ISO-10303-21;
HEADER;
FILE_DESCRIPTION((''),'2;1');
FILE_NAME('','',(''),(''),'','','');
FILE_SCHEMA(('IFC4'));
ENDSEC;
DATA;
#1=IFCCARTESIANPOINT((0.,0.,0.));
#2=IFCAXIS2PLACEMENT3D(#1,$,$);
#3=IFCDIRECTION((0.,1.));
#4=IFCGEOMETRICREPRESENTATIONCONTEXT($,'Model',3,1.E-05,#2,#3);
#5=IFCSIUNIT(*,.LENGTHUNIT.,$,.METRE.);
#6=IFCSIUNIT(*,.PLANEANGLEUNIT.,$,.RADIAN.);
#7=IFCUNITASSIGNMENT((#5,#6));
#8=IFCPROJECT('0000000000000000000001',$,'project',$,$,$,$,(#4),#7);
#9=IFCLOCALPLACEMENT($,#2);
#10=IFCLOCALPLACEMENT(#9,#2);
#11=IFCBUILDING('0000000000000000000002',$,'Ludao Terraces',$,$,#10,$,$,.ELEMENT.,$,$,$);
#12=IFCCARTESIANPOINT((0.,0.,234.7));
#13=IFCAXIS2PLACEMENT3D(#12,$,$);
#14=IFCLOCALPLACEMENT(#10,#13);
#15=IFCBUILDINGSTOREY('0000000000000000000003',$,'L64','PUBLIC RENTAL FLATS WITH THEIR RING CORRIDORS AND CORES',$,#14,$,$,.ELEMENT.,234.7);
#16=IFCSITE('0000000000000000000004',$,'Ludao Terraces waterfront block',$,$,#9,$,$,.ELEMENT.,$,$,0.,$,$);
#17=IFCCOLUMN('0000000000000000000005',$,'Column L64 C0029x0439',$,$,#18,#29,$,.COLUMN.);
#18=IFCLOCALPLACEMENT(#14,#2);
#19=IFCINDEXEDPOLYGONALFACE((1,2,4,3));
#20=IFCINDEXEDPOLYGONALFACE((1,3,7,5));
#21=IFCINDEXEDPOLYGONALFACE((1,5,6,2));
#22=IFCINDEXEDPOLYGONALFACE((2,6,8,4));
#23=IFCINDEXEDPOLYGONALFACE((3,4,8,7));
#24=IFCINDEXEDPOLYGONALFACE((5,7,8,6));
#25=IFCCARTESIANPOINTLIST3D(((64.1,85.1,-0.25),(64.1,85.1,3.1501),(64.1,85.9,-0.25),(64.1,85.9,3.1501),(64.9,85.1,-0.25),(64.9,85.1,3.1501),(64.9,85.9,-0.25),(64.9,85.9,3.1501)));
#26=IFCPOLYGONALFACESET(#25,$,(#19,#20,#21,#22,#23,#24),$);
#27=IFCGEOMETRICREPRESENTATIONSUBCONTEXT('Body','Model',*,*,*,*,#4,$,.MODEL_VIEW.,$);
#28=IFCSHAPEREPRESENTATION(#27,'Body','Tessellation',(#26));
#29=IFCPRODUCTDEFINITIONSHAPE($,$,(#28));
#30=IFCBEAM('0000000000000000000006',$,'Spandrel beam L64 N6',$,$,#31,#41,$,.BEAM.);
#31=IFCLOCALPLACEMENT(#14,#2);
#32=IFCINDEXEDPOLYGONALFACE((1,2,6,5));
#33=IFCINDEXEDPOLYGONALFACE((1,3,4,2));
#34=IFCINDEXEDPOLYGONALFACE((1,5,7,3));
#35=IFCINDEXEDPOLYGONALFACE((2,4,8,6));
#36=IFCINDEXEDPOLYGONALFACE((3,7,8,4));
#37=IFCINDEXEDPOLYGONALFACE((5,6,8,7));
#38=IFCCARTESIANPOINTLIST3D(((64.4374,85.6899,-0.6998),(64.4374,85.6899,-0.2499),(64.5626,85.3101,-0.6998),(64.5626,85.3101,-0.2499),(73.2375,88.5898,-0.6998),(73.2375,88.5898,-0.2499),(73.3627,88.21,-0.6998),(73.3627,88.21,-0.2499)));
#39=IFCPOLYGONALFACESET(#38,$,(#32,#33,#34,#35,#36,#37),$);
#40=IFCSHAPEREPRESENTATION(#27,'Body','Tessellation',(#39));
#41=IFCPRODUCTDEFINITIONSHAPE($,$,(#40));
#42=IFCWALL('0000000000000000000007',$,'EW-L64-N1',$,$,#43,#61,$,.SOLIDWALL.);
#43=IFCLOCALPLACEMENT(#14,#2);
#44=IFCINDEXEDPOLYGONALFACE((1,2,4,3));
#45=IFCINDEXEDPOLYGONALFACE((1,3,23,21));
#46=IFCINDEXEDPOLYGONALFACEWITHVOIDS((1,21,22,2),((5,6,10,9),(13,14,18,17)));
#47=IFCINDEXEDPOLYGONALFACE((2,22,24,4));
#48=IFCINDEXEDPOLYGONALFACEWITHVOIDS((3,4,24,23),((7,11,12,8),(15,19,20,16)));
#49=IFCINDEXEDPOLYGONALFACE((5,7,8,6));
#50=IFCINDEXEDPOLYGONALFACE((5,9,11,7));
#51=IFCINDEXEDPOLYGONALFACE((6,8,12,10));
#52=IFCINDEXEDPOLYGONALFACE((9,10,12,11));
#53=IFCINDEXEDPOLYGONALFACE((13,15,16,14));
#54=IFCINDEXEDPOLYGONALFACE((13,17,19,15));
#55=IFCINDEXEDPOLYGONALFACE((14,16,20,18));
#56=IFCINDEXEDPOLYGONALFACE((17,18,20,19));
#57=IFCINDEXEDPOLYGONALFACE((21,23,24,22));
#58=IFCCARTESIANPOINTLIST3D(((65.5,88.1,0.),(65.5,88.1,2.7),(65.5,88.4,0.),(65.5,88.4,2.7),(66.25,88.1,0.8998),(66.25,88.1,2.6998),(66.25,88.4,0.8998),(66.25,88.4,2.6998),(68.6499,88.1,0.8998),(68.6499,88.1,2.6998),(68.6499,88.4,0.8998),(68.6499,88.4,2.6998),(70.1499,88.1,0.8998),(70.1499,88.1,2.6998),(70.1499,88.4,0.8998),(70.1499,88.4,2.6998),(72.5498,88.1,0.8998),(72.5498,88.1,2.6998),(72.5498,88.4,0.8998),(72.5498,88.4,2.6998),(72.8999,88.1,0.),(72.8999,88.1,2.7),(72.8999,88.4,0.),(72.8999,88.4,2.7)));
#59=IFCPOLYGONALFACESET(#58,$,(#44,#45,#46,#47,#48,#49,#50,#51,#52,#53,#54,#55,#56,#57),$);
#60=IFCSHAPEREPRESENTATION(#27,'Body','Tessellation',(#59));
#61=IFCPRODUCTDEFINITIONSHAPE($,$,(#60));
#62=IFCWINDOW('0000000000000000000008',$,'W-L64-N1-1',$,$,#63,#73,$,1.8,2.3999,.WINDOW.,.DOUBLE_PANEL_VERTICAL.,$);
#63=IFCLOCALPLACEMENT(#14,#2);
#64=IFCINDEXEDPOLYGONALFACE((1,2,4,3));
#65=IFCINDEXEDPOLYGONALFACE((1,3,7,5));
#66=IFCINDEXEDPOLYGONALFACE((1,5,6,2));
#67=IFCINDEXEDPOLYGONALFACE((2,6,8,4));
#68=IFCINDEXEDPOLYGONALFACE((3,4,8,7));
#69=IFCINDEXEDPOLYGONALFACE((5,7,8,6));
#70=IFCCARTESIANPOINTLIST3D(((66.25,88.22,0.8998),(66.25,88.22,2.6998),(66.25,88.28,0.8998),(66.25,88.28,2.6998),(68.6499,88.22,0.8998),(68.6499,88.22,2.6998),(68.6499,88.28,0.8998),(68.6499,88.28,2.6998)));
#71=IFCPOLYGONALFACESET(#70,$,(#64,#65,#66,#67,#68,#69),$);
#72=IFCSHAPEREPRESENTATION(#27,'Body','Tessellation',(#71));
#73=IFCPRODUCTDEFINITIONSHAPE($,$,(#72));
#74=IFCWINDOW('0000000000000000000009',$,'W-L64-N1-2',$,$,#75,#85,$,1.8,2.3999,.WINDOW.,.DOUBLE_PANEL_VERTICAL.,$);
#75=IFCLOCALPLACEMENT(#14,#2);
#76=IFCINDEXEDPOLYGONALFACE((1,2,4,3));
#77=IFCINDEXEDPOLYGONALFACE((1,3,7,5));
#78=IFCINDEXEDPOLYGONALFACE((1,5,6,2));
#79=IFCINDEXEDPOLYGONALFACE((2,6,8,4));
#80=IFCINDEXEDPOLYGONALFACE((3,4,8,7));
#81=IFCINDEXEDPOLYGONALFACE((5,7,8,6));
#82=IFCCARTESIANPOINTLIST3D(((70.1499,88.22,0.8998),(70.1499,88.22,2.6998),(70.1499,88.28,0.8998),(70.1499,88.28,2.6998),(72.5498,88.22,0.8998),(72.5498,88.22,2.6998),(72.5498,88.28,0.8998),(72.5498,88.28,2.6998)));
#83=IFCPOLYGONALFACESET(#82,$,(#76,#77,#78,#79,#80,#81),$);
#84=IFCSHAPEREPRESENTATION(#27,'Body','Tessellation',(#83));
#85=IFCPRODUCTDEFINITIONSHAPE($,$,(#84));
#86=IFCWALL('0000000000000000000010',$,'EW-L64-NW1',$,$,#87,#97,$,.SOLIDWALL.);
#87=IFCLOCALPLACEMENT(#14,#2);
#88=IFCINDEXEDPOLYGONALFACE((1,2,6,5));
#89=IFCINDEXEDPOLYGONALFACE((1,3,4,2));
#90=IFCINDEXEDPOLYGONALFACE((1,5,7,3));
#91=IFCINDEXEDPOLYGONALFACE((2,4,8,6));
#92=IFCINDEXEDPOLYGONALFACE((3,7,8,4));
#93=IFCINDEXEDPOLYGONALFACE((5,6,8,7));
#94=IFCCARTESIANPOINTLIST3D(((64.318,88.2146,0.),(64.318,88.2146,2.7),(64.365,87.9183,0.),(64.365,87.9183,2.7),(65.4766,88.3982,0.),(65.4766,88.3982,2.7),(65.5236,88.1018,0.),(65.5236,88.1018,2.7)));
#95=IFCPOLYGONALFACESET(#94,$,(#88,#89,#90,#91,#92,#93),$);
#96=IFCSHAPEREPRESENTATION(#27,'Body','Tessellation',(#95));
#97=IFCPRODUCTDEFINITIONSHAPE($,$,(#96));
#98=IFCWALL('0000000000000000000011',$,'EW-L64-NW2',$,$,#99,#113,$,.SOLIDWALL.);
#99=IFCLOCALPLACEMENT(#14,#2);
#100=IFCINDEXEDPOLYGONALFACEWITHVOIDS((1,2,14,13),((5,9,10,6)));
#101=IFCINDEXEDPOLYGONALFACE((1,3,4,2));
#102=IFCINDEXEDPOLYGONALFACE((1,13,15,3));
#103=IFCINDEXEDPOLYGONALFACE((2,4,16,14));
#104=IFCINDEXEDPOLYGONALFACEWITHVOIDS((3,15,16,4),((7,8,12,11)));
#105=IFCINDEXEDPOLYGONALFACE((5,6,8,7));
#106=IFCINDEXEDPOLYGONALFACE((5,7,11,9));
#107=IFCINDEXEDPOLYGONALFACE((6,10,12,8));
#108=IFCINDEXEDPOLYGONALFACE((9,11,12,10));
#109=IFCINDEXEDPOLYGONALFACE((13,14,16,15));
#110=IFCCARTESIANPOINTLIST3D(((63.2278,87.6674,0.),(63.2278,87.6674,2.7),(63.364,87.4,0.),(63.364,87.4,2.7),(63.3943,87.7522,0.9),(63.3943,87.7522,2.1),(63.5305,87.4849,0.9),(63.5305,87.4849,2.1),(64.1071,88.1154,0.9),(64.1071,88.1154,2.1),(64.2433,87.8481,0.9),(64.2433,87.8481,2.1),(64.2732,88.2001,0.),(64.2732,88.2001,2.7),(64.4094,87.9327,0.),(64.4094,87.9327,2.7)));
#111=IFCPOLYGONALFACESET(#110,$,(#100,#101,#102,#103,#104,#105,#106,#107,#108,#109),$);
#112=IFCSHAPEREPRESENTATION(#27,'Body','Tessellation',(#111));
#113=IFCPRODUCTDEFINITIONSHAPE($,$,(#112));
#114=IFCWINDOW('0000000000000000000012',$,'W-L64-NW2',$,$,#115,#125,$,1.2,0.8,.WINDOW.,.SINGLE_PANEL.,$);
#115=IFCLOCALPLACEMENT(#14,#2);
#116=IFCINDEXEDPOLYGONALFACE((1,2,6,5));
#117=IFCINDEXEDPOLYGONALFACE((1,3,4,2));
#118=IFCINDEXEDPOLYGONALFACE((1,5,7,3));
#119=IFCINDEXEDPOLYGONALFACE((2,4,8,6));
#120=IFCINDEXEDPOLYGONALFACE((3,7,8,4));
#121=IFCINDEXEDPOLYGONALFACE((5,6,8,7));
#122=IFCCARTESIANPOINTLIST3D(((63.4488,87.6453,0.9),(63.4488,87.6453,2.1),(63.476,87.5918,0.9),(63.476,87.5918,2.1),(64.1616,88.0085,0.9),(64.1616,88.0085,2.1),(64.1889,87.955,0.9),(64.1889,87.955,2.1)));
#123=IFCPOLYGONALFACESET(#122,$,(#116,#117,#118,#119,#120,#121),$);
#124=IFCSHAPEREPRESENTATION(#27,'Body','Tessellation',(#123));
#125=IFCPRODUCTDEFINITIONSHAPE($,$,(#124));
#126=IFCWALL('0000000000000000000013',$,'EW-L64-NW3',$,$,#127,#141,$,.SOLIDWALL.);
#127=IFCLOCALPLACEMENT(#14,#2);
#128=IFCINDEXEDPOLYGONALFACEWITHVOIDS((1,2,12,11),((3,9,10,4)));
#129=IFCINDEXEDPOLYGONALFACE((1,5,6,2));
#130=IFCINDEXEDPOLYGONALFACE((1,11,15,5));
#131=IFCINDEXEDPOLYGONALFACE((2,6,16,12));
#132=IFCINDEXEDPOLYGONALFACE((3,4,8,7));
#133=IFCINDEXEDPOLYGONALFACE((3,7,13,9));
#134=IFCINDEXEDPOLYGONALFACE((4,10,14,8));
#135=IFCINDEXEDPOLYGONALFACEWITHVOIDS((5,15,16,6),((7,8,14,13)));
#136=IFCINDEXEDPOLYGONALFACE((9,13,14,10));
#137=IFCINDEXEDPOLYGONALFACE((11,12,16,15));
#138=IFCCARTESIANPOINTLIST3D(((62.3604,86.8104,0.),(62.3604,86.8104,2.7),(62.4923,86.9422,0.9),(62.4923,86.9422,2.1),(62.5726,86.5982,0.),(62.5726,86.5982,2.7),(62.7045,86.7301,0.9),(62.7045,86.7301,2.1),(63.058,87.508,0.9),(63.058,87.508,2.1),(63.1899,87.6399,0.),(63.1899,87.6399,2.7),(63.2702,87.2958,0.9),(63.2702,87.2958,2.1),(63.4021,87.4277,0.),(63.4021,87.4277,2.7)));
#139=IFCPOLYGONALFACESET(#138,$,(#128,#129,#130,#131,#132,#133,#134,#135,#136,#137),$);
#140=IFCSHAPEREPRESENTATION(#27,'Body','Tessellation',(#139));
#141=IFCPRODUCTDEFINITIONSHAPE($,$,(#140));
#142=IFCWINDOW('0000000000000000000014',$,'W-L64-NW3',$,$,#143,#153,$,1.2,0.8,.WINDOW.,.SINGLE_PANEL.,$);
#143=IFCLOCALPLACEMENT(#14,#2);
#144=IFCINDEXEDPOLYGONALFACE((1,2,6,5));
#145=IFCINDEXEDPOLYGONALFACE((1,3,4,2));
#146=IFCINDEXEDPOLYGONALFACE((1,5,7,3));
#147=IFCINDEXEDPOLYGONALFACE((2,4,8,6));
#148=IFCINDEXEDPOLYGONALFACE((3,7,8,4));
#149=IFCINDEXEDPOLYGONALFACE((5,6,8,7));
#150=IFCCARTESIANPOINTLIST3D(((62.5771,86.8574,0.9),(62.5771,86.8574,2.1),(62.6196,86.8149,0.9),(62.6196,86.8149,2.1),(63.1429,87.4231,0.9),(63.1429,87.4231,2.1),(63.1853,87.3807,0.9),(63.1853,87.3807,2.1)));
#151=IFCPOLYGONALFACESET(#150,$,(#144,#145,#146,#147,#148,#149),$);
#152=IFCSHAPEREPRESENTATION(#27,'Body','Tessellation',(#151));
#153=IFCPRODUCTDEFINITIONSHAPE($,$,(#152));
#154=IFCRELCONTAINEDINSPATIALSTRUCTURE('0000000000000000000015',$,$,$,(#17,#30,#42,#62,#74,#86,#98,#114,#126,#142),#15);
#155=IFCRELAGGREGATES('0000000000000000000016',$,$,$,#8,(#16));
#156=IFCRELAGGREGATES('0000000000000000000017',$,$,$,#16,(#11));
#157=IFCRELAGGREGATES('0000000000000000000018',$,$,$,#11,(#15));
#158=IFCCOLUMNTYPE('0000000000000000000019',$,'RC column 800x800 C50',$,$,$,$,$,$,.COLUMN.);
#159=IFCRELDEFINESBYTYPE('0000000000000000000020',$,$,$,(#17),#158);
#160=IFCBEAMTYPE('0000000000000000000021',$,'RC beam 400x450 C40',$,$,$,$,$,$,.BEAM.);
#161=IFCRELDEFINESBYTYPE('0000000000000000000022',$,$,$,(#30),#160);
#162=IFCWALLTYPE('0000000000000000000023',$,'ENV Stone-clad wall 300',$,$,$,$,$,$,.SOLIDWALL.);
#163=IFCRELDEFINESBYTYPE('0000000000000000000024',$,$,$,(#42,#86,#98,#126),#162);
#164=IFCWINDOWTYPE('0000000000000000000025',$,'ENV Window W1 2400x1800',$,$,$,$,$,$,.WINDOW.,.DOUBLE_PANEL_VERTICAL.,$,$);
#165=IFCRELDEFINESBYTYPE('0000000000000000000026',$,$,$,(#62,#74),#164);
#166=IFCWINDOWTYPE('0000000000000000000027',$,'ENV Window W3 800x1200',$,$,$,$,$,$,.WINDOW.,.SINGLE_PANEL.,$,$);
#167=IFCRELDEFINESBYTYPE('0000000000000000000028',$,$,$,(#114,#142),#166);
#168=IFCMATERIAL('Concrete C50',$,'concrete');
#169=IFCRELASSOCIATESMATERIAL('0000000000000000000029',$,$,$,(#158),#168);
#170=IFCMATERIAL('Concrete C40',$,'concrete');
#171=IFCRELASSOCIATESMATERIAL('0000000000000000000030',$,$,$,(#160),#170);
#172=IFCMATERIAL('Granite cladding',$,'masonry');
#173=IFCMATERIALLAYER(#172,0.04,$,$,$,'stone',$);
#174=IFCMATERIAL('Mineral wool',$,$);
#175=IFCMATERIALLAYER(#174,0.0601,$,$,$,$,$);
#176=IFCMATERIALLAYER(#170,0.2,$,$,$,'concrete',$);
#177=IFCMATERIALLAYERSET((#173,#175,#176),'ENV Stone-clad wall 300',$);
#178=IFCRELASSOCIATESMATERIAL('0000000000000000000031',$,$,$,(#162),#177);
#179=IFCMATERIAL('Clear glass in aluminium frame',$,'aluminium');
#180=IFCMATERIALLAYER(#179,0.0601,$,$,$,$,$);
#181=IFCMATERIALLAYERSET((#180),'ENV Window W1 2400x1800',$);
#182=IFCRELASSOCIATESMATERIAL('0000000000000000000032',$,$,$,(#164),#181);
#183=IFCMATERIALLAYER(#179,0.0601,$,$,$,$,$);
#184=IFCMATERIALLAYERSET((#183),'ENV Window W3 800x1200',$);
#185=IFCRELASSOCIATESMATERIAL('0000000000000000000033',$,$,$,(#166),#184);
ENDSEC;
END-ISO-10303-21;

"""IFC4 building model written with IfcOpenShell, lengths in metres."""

from ifc_helpers import new_model, si_unit, direction, frame, frame_2d, origin, origin_2d, place, context, subcontext, project, spatial, rectangle, extrude, material, layer, layer_set, material_profile, profile_set, type_object, element, fill, save


model = new_model("IFC4")

# Units and contexts
model_context = context("Model", 3, precision=1e-05, world=origin(), true_north=direction((0.0, 1.0)))
body_context = subcontext(model_context, "Body", "Model", "MODEL_VIEW")
ifc_project = project(units=[si_unit("LENGTHUNIT", "METRE"), si_unit("PLANEANGLEUNIT", "RADIAN")], contexts=[model_context])

# Site, building, storey
site_placement = place(None, origin())
site = spatial("IfcSite", under=ifc_project, at=site_placement, Name="Ludao Terraces waterfront block", CompositionType="ELEMENT", RefElevation=0.0)
building_placement = place(site_placement, origin())
building = spatial("IfcBuilding", under=site, at=building_placement, Name="Ludao Terraces", CompositionType="ELEMENT")
storey_placement = place(building_placement, frame((0.0, 0.0, 234.7)))
storey = spatial("IfcBuildingStorey", under=building, at=storey_placement, Name="L64", Description="PUBLIC RENTAL FLATS WITH THEIR RING CORRIDORS AND CORES", CompositionType="ELEMENT", Elevation=234.7)

# Column
ifc_material_1 = material(Name="Concrete C50", Category="concrete")
ifc_material_profile_1 = material_profile(ifc_material_1, rectangle(XDim=0.8, YDim=0.8, at=origin_2d()), Name="800 X 800")
ifc_profile_set_1 = profile_set([ifc_material_profile_1], Name="Concrete C50")
column_type = type_object("IfcColumnType", Name="RC column 800x800 C50", PredefinedType="COLUMN", material=ifc_profile_set_1)
column_placement = place(storey_placement, frame((64.5, 85.5, -0.25), z_axis=(0.0, 0.0, 1.0), x_axis=(1.0, 0.0, 0.0)))
element("IfcColumn", 1, at=column_placement, inside=storey, type_object=column_type, Name="Column L64 C0029x0439", PredefinedType="COLUMN", context=body_context, shape_type="SweptSolid", body=[
    extrude(rectangle(XDim=0.8, YDim=0.8, at=origin_2d()), origin(), (0.0, 0.0, 1.0), 3.4001),
])

# Beam
ifc_material_2 = material(Name="Concrete C40", Category="concrete")
ifc_material_profile_2 = material_profile(ifc_material_2, rectangle(XDim=0.3999, YDim=0.45, at=origin_2d()), Name="400 X 450")
ifc_profile_set_2 = profile_set([ifc_material_profile_2], Name="Concrete C40")
beam_type = type_object("IfcBeamType", Name="RC beam 400x450 C40", PredefinedType="BEAM", material=ifc_profile_set_2)
beam_placement = place(storey_placement, frame((64.5, 85.5, -0.4749), z_axis=(0.949761, 0.312977, 0.0), x_axis=(-0.312977, 0.949761, 0.0)))
element("IfcBeam", 2, at=beam_placement, inside=storey, type_object=beam_type, Name="Spandrel beam L64 N6", PredefinedType="BEAM", context=body_context, shape_type="SweptSolid", body=[
    extrude(rectangle(XDim=0.3999, YDim=0.45, at=origin_2d()), origin(), (0.0, 0.0, 1.0), 9.2656),
])

# Wall, openings, windows
ifc_material_3 = material(Name="Granite cladding", Category="masonry")
ifc_layer_1 = layer(ifc_material_3, 0.04, Category="stone")
ifc_material_4 = material(Name="Mineral wool")
ifc_layer_2 = layer(ifc_material_4, 0.0601)
ifc_layer_3 = layer(ifc_material_2, 0.2, Category="concrete")
ifc_layer_set_1 = layer_set([ifc_layer_1, ifc_layer_2, ifc_layer_3], Name="ENV Stone-clad wall 300")
wall_type_1 = type_object("IfcWallType", Name="ENV Stone-clad wall 300", PredefinedType="SOLIDWALL", material=ifc_layer_set_1)
wall_1_placement = place(storey_placement, frame((65.5, 88.25, 0.0), z_axis=(0.0, 0.0, 1.0), x_axis=(1.0, 0.0, 0.0)))
wall_1 = element("IfcWall", 3, at=wall_1_placement, inside=storey, type_object=wall_type_1, Name="EW-L64-N1", PredefinedType="SOLIDWALL", context=body_context, shape_type="SweptSolid", body=[
    extrude(rectangle(XDim=7.3999, YDim=0.3, at=frame_2d((3.7, 0.0))), origin(), (0.0, 0.0, 1.0), 2.7),
])
opening_1_placement = place(wall_1_placement, frame((0.75, 0.0, 0.8999)))
opening_1 = element("IfcOpeningElement", 4, at=opening_1_placement, cuts=wall_1, PredefinedType="OPENING", context=body_context, shape_type="SweptSolid", body=[
    extrude(rectangle(XDim=2.3999, YDim=1.8, at=frame_2d((1.2, 0.8999))), frame((0.0, 0.1602, 0.0), z_axis=(0.0, -1.0, 0.0), x_axis=(1.0, 0.0, 0.0)), (0.0, 0.0, 1.0), 0.3201),
])
opening_2_placement = place(wall_1_placement, frame((4.6499, 0.0, 0.8999)))
opening_2 = element("IfcOpeningElement", 5, at=opening_2_placement, cuts=wall_1, PredefinedType="OPENING", context=body_context, shape_type="SweptSolid", body=[
    extrude(rectangle(XDim=2.3999, YDim=1.8, at=frame_2d((1.2, 0.8999))), frame((0.0, 0.1602, 0.0), z_axis=(0.0, -1.0, 0.0), x_axis=(1.0, 0.0, 0.0)), (0.0, 0.0, 1.0), 0.3201),
])
ifc_material_5 = material(Name="Clear glass in aluminium frame", Category="aluminium")
ifc_layer_4 = layer(ifc_material_5, 0.0601)
ifc_layer_set_2 = layer_set([ifc_layer_4], Name="ENV Window W1 2400x1800")
window_type_1 = type_object("IfcWindowType", Name="ENV Window W1 2400x1800", PartitioningType="DOUBLE_PANEL_VERTICAL", PredefinedType="WINDOW", material=ifc_layer_set_2)
window_1_placement = place(opening_1_placement, origin())
window_1 = element("IfcWindow", 6, at=window_1_placement, inside=storey, type_object=window_type_1, Name="W-L64-N1-1", OverallHeight=1.8, OverallWidth=2.3999, PartitioningType="DOUBLE_PANEL_VERTICAL", PredefinedType="WINDOW", context=body_context, shape_type="SweptSolid", body=[
    extrude(rectangle(XDim=2.3999, YDim=1.8, at=frame_2d((1.2, 0.8999))), frame((0.0, 0.03, 0.0), z_axis=(0.0, -1.0, 0.0), x_axis=(1.0, 0.0, 0.0)), (0.0, 0.0, 1.0), 0.0601),
])
fill(opening_1, window_1)
window_2_placement = place(opening_2_placement, origin())
window_2 = element("IfcWindow", 7, at=window_2_placement, inside=storey, type_object=window_type_1, Name="W-L64-N1-2", OverallHeight=1.8, OverallWidth=2.3999, PartitioningType="DOUBLE_PANEL_VERTICAL", PredefinedType="WINDOW", context=body_context, shape_type="SweptSolid", body=[
    extrude(rectangle(XDim=2.3999, YDim=1.8, at=frame_2d((1.2, 0.8999))), frame((0.0, 0.03, 0.0), z_axis=(0.0, -1.0, 0.0), x_axis=(1.0, 0.0, 0.0)), (0.0, 0.0, 1.0), 0.0601),
])
fill(opening_2, window_2)

# Wall
wall_2_placement = place(storey_placement, frame((65.5, 88.25, 0.0), z_axis=(0.0, 0.0, 1.0), x_axis=(-0.987678, -0.156497, 0.0)))
element("IfcWall", 8, at=wall_2_placement, inside=storey, type_object=wall_type_1, Name="EW-L64-NW1", PredefinedType="SOLIDWALL", context=body_context, shape_type="SweptSolid", body=[
    extrude(rectangle(XDim=1.1731, YDim=0.3, at=frame_2d((0.5864, 0.0))), origin(), (0.0, 0.0, 1.0), 2.7),
])

# Walls, openings, windows
wall_3_placement = place(storey_placement, frame((64.3413, 88.0664, 0.0), z_axis=(0.0, 0.0, 1.0), x_axis=(-0.890989, -0.454026, 0.0)))
wall_3 = element("IfcWall", 9, at=wall_3_placement, inside=storey, type_object=wall_type_1, Name="EW-L64-NW2", PredefinedType="SOLIDWALL", context=body_context, shape_type="SweptSolid", body=[
    extrude(rectangle(XDim=1.1733, YDim=0.3, at=frame_2d((0.5867, 0.0))), origin(), (0.0, 0.0, 1.0), 2.7),
])
opening_3_placement = place(wall_3_placement, frame((0.1865, 0.0, 0.8999)))
opening_3 = element("IfcOpeningElement", 10, at=opening_3_placement, cuts=wall_3, PredefinedType="OPENING", context=body_context, shape_type="SweptSolid", body=[
    extrude(rectangle(XDim=0.8, YDim=1.2, at=frame_2d((0.3999, 0.6001))), frame((0.0, 0.1602, 0.0), z_axis=(0.0, -1.0, 0.0), x_axis=(1.0, 0.0, 0.0)), (0.0, 0.0, 1.0), 0.3201),
])
ifc_layer_5 = layer(ifc_material_5, 0.0601)
ifc_layer_set_3 = layer_set([ifc_layer_5], Name="ENV Window W3 800x1200")
window_type_2 = type_object("IfcWindowType", Name="ENV Window W3 800x1200", PartitioningType="SINGLE_PANEL", PredefinedType="WINDOW", material=ifc_layer_set_3)
window_3_placement = place(opening_3_placement, origin())
window_3 = element("IfcWindow", 11, at=window_3_placement, inside=storey, type_object=window_type_2, Name="W-L64-NW2", OverallHeight=1.2, OverallWidth=0.8, PartitioningType="SINGLE_PANEL", PredefinedType="WINDOW", context=body_context, shape_type="SweptSolid", body=[
    extrude(rectangle(XDim=0.8, YDim=1.2, at=frame_2d((0.3999, 0.6001))), frame((0.0, 0.03, 0.0), z_axis=(0.0, -1.0, 0.0), x_axis=(1.0, 0.0, 0.0)), (0.0, 0.0, 1.0), 0.0601),
])
fill(opening_3, window_3)
wall_4_placement = place(storey_placement, frame((63.2959, 87.5337, 0.0), z_axis=(0.0, 0.0, 1.0), x_axis=(-0.707107, -0.707107, 0.0)))
wall_4 = element("IfcWall", 12, at=wall_4_placement, inside=storey, type_object=wall_type_1, Name="EW-L64-NW3", PredefinedType="SOLIDWALL", context=body_context, shape_type="SweptSolid", body=[
    extrude(rectangle(XDim=1.1731, YDim=0.3, at=frame_2d((0.5864, 0.0))), origin(), (0.0, 0.0, 1.0), 2.7),
])
opening_4_placement = place(wall_4_placement, frame((0.1865, 0.0, 0.8999)))
opening_4 = element("IfcOpeningElement", 13, at=opening_4_placement, cuts=wall_4, PredefinedType="OPENING", context=body_context, shape_type="SweptSolid", body=[
    extrude(rectangle(XDim=0.8, YDim=1.2, at=frame_2d((0.3999, 0.6001))), frame((0.0, 0.1602, 0.0), z_axis=(0.0, -1.0, 0.0), x_axis=(1.0, 0.0, 0.0)), (0.0, 0.0, 1.0), 0.3201),
])
window_4_placement = place(opening_4_placement, origin())
window_4 = element("IfcWindow", 14, at=window_4_placement, inside=storey, type_object=window_type_2, Name="W-L64-NW3", OverallHeight=1.2, OverallWidth=0.8, PartitioningType="SINGLE_PANEL", PredefinedType="WINDOW", context=body_context, shape_type="SweptSolid", body=[
    extrude(rectangle(XDim=0.8, YDim=1.2, at=frame_2d((0.3999, 0.6001))), frame((0.0, 0.03, 0.0), z_axis=(0.0, -1.0, 0.0), x_axis=(1.0, 0.0, 0.0)), (0.0, 0.0, 1.0), 0.0601),
])
fill(opening_4, window_4)

save(model, "model.ifc")
